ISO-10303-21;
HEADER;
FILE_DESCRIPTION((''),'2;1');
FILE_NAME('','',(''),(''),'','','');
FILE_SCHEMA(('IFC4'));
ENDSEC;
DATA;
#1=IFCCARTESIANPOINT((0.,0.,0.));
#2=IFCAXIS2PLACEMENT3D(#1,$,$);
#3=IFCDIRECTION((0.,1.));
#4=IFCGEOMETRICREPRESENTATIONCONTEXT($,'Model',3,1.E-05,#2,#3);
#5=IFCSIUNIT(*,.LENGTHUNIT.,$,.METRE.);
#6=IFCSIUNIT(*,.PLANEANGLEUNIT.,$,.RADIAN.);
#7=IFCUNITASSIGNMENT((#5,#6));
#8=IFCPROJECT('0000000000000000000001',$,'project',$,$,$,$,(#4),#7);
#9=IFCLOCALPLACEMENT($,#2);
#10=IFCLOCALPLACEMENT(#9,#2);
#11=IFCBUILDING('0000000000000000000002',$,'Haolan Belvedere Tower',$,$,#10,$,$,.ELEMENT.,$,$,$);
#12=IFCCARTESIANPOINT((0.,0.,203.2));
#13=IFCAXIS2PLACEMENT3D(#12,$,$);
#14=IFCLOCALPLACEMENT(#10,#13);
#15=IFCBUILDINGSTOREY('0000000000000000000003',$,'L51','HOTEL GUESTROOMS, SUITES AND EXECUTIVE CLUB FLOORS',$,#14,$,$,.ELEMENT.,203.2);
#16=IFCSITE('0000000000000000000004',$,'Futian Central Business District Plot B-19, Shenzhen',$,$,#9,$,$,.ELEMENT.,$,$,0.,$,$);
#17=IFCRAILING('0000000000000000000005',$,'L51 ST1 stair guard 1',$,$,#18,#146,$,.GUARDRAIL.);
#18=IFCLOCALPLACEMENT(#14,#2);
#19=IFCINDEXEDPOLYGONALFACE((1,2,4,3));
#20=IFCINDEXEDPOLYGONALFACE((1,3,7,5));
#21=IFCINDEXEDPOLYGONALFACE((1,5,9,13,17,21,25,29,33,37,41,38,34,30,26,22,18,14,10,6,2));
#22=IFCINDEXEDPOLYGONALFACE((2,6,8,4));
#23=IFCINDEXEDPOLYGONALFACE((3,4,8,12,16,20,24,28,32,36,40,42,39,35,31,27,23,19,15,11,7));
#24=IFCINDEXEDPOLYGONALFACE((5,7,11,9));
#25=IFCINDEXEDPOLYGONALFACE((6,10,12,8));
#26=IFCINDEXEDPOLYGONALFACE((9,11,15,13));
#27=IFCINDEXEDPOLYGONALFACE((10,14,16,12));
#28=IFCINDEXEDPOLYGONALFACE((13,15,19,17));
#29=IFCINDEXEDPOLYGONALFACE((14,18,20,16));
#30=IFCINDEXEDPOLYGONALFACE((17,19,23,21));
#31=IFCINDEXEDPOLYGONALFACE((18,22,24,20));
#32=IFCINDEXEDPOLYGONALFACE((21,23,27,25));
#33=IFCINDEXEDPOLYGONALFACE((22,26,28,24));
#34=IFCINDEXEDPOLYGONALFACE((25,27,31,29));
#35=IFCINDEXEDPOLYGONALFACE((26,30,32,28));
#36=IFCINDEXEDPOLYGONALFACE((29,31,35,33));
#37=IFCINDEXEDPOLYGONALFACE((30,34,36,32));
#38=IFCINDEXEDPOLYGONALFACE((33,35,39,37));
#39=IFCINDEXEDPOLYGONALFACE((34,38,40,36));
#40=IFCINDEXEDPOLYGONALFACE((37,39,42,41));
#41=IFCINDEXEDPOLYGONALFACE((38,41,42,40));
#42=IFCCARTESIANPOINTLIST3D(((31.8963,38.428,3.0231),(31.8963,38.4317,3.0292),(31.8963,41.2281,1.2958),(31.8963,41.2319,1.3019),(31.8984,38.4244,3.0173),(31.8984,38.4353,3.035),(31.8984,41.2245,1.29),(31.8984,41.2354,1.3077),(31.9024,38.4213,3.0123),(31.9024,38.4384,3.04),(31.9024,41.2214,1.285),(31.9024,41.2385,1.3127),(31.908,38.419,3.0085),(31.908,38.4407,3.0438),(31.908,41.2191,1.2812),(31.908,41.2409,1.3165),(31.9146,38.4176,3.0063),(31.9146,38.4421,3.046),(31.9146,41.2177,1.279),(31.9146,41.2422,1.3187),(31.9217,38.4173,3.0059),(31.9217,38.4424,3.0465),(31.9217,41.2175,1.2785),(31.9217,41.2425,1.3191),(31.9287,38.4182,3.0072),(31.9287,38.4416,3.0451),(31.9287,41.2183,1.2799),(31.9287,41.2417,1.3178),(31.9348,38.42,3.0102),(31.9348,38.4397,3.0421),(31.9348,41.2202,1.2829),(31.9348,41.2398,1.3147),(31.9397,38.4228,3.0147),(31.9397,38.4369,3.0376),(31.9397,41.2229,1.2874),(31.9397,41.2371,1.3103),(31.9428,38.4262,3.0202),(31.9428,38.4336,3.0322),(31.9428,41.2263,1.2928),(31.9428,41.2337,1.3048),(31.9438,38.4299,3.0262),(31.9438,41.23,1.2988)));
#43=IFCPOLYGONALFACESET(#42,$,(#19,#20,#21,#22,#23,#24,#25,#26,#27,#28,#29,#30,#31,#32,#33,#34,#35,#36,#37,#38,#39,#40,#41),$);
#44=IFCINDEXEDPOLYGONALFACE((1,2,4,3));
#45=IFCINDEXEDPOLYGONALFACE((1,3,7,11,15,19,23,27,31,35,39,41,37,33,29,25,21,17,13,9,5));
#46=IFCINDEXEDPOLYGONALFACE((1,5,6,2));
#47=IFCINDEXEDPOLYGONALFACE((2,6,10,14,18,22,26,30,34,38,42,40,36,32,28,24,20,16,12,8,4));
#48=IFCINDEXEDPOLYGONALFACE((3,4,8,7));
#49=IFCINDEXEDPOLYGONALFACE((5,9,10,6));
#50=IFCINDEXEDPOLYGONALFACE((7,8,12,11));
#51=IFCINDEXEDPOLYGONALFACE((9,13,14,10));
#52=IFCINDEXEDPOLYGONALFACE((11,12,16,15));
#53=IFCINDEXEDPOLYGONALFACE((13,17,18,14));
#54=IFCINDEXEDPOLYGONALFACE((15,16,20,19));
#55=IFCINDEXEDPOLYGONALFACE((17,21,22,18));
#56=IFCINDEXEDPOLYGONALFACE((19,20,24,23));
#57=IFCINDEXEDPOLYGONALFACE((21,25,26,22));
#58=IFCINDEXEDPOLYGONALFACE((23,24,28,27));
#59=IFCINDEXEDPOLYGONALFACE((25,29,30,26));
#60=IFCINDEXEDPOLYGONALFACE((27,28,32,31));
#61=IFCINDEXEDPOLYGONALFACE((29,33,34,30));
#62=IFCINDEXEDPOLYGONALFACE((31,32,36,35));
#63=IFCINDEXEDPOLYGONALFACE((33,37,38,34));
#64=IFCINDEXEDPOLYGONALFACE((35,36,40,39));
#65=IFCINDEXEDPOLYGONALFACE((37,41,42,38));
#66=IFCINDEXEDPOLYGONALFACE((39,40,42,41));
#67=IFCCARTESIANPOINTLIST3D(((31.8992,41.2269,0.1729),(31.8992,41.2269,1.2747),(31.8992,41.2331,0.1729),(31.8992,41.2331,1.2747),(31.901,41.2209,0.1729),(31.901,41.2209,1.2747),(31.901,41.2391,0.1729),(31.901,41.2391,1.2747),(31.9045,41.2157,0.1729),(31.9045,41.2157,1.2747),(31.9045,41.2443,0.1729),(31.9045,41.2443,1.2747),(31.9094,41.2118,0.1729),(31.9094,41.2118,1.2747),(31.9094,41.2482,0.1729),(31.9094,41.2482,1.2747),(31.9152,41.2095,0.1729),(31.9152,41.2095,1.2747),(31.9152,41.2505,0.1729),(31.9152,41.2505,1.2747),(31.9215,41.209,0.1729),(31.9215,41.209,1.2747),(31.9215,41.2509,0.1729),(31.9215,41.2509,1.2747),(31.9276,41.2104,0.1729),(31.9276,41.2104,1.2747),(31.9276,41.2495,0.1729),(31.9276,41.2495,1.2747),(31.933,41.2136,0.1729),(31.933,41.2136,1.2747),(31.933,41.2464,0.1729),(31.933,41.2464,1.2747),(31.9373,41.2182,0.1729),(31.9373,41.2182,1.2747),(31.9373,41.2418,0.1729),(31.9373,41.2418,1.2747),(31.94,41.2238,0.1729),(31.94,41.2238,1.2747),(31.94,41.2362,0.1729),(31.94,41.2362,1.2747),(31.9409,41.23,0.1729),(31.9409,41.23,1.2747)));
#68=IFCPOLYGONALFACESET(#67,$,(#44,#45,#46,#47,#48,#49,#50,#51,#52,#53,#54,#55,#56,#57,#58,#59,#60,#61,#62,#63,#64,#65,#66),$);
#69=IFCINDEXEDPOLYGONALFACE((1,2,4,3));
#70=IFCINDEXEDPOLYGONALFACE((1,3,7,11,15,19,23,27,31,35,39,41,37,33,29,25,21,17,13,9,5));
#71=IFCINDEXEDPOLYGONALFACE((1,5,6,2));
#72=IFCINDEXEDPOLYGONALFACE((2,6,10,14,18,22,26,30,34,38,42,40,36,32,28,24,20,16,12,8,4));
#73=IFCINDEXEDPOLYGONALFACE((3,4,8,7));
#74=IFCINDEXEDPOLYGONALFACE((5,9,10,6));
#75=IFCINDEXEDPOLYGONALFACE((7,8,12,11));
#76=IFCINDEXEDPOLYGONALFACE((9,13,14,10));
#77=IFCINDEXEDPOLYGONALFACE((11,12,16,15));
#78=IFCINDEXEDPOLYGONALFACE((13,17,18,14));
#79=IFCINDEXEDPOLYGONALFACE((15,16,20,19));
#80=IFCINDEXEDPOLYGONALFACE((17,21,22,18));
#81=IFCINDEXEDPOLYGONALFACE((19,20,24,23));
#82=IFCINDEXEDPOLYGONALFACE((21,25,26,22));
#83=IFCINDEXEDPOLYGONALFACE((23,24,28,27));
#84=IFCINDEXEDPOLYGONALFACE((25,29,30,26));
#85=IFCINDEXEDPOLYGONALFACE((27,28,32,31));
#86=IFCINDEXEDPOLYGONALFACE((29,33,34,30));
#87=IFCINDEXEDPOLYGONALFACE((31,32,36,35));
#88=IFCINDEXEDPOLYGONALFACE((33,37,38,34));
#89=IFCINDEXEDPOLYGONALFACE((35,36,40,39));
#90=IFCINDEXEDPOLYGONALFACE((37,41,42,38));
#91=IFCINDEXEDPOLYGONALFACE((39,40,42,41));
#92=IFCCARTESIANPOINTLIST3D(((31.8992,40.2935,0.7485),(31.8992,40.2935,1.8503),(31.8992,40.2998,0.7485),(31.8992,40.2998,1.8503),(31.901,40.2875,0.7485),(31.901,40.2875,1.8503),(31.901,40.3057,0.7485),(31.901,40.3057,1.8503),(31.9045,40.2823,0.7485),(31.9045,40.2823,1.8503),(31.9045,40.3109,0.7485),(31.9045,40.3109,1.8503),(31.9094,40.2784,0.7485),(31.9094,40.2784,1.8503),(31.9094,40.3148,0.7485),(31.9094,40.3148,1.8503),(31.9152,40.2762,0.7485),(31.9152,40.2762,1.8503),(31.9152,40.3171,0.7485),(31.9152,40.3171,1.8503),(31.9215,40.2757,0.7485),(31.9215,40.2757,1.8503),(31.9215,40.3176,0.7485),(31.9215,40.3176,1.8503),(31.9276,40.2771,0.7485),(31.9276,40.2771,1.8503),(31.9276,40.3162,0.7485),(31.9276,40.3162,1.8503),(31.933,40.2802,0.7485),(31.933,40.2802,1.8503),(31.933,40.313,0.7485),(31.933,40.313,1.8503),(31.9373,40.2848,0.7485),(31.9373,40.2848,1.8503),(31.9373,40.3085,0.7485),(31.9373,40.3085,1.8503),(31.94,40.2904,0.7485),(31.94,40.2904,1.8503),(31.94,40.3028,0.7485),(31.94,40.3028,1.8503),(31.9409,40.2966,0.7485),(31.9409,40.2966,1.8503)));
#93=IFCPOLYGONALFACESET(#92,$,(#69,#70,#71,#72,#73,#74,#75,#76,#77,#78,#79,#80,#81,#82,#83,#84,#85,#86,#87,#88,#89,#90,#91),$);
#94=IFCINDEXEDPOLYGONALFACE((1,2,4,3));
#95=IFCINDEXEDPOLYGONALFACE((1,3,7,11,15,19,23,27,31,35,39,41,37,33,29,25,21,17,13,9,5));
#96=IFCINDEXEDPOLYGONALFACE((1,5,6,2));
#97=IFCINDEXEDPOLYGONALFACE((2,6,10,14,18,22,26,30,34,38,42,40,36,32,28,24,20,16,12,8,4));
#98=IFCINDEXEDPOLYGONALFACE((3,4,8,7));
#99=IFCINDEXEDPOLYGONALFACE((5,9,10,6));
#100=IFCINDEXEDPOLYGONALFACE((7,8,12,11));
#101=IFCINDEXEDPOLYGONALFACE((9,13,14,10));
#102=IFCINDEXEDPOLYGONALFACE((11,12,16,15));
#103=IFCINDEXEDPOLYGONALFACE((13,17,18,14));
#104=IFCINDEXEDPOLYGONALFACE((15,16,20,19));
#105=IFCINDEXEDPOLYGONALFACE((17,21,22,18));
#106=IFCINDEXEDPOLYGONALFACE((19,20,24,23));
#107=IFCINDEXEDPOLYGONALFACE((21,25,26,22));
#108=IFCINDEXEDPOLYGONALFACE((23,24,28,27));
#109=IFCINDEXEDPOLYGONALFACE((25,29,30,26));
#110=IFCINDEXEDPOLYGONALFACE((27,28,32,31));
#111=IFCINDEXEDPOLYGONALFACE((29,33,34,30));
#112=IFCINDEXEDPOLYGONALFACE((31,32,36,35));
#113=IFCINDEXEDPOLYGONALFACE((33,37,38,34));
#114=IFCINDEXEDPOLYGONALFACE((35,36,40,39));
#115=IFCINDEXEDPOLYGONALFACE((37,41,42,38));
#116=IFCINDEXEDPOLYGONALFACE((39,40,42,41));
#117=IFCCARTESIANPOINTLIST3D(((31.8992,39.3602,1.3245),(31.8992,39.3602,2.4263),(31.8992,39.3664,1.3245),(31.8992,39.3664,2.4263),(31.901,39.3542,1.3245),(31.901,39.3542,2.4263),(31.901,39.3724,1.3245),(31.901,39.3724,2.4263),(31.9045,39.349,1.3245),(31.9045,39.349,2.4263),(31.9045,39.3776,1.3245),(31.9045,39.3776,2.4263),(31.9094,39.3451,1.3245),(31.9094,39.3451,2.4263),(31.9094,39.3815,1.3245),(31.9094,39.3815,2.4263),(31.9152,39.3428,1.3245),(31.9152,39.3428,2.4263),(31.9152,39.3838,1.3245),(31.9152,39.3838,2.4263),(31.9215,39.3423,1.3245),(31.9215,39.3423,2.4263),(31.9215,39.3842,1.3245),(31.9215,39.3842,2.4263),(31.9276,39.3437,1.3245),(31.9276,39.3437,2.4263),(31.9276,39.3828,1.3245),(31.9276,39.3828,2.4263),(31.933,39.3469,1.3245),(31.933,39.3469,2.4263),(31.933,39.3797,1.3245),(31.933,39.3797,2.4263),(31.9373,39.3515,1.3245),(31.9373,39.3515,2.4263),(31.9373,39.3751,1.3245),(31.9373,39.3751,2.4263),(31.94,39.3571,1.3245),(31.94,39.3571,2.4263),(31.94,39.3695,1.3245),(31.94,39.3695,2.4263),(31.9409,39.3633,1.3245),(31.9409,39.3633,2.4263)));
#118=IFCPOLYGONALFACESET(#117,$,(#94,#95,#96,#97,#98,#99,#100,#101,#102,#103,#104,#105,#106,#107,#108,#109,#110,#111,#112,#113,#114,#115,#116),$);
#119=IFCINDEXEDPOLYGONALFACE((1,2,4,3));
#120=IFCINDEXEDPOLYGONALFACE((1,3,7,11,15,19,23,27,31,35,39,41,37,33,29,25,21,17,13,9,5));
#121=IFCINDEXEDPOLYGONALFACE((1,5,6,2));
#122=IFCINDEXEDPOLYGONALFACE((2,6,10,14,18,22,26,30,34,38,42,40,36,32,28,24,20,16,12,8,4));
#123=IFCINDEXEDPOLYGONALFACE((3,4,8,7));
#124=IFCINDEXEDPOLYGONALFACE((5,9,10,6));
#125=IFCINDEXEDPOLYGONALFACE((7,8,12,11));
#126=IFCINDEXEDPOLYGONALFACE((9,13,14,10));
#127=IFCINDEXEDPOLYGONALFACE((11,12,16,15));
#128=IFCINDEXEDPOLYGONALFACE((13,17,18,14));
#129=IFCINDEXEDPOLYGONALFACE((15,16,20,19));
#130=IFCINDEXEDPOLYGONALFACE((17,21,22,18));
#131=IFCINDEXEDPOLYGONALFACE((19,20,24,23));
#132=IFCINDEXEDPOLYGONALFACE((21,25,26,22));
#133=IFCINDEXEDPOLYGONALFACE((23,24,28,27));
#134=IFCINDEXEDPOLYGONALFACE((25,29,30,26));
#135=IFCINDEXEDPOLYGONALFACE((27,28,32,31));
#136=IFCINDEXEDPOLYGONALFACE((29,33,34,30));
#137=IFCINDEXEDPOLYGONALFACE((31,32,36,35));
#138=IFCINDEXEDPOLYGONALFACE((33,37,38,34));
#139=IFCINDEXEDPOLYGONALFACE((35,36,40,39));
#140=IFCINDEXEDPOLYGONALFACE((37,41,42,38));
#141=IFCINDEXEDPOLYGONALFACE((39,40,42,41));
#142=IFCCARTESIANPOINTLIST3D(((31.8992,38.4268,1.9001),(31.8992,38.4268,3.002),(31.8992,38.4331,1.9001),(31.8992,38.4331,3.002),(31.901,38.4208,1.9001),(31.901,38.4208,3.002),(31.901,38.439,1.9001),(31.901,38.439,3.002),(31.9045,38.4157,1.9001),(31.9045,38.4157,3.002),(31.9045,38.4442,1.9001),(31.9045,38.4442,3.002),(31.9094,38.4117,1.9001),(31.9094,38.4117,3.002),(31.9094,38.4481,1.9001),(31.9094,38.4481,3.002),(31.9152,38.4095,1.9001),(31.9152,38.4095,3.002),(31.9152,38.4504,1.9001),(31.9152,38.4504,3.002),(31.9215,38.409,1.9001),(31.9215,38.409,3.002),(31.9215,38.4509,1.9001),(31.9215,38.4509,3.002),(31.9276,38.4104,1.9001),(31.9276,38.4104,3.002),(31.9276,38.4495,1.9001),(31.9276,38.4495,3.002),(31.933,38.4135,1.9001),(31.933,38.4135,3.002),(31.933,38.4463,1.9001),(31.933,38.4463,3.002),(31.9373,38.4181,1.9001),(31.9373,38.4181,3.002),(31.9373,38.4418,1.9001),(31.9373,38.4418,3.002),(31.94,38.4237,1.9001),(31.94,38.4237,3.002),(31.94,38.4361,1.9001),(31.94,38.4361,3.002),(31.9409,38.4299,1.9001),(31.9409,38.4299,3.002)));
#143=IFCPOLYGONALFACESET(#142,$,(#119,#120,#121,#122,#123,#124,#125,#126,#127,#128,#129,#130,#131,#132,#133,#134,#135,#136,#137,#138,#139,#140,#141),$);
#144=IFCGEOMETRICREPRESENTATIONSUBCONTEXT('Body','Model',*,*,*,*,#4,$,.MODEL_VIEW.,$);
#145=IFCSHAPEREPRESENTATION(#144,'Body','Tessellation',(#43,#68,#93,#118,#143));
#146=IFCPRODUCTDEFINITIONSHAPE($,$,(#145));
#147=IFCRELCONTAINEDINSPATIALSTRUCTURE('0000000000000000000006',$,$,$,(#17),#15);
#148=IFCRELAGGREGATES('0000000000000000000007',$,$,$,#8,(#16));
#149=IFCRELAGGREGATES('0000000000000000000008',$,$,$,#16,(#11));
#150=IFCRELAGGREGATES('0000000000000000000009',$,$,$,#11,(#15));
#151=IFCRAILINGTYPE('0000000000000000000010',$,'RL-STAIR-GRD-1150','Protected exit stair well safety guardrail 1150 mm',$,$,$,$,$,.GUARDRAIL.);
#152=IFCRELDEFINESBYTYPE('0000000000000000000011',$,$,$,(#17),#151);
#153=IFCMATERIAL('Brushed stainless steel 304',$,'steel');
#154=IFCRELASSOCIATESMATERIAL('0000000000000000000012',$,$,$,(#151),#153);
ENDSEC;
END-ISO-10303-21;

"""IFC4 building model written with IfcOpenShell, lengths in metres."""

from ifc_helpers import new_model, si_unit, direction, frame, origin, origin_2d, place, context, subcontext, project, spatial, circle, extrude, material, type_object, element, save


model = new_model("IFC4")

# Units and contexts
model_context = context("Model", 3, precision=1e-05, world=origin(), true_north=direction((0.0, 1.0)))
body_context = subcontext(model_context, "Body", "Model", "MODEL_VIEW")
ifc_project = project(units=[si_unit("LENGTHUNIT", "METRE"), si_unit("PLANEANGLEUNIT", "RADIAN")], contexts=[model_context])

# Site, building, storey
site_placement = place(None, origin())
site = spatial("IfcSite", under=ifc_project, at=site_placement, Name="Futian Central Business District Plot B-19, Shenzhen", CompositionType="ELEMENT", RefElevation=0.0)
building_placement = place(site_placement, origin())
building = spatial("IfcBuilding", under=site, at=building_placement, Name="Haolan Belvedere Tower", CompositionType="ELEMENT")
storey_placement = place(building_placement, frame((0.0, 0.0, 203.2)))
storey = spatial("IfcBuildingStorey", under=building, at=storey_placement, Name="L51", Description="HOTEL GUESTROOMS, SUITES AND EXECUTIVE CLUB FLOORS", CompositionType="ELEMENT", Elevation=203.2)

# Railing
ifc_material_1 = material(Name="Brushed stainless steel 304", Category="steel")
railing_type_1 = type_object("IfcRailingType", Name="RL-STAIR-GRD-1150", Description="Protected exit stair well safety guardrail 1150 mm", PredefinedType="GUARDRAIL", material=ifc_material_1)
railing_1_placement = place(storey_placement, frame((31.9199, 41.23, 0.1729)))
element("IfcRailing", 1, at=railing_1_placement, inside=storey, type_object=railing_type_1, Name="L51 ST1 stair guard 1", PredefinedType="GUARDRAIL", context=body_context, shape_type="SweptSolid", body=[
    extrude(circle(Radius=0.0239, at=origin_2d()), frame((0.0, 0.0, 1.126), z_axis=(0.0, -0.85109, 0.52502), x_axis=(1.0, 0.0, 0.0)), (0.0, 0.0, 1.0), 3.29),
    extrude(circle(Radius=0.021, at=origin_2d()), origin(), (0.0, 0.0, 1.0), 1.1018),
    extrude(circle(Radius=0.021, at=origin_2d()), frame((0.0, -0.9333, 0.5757)), (0.0, 0.0, 1.0), 1.1018),
    extrude(circle(Radius=0.021, at=origin_2d()), frame((0.0, -1.8667, 1.1516)), (0.0, 0.0, 1.0), 1.1018),
    extrude(circle(Radius=0.021, at=origin_2d()), frame((0.0, -2.8, 1.7273)), (0.0, 0.0, 1.0), 1.1018),
])

save(model, "model.ifc")
